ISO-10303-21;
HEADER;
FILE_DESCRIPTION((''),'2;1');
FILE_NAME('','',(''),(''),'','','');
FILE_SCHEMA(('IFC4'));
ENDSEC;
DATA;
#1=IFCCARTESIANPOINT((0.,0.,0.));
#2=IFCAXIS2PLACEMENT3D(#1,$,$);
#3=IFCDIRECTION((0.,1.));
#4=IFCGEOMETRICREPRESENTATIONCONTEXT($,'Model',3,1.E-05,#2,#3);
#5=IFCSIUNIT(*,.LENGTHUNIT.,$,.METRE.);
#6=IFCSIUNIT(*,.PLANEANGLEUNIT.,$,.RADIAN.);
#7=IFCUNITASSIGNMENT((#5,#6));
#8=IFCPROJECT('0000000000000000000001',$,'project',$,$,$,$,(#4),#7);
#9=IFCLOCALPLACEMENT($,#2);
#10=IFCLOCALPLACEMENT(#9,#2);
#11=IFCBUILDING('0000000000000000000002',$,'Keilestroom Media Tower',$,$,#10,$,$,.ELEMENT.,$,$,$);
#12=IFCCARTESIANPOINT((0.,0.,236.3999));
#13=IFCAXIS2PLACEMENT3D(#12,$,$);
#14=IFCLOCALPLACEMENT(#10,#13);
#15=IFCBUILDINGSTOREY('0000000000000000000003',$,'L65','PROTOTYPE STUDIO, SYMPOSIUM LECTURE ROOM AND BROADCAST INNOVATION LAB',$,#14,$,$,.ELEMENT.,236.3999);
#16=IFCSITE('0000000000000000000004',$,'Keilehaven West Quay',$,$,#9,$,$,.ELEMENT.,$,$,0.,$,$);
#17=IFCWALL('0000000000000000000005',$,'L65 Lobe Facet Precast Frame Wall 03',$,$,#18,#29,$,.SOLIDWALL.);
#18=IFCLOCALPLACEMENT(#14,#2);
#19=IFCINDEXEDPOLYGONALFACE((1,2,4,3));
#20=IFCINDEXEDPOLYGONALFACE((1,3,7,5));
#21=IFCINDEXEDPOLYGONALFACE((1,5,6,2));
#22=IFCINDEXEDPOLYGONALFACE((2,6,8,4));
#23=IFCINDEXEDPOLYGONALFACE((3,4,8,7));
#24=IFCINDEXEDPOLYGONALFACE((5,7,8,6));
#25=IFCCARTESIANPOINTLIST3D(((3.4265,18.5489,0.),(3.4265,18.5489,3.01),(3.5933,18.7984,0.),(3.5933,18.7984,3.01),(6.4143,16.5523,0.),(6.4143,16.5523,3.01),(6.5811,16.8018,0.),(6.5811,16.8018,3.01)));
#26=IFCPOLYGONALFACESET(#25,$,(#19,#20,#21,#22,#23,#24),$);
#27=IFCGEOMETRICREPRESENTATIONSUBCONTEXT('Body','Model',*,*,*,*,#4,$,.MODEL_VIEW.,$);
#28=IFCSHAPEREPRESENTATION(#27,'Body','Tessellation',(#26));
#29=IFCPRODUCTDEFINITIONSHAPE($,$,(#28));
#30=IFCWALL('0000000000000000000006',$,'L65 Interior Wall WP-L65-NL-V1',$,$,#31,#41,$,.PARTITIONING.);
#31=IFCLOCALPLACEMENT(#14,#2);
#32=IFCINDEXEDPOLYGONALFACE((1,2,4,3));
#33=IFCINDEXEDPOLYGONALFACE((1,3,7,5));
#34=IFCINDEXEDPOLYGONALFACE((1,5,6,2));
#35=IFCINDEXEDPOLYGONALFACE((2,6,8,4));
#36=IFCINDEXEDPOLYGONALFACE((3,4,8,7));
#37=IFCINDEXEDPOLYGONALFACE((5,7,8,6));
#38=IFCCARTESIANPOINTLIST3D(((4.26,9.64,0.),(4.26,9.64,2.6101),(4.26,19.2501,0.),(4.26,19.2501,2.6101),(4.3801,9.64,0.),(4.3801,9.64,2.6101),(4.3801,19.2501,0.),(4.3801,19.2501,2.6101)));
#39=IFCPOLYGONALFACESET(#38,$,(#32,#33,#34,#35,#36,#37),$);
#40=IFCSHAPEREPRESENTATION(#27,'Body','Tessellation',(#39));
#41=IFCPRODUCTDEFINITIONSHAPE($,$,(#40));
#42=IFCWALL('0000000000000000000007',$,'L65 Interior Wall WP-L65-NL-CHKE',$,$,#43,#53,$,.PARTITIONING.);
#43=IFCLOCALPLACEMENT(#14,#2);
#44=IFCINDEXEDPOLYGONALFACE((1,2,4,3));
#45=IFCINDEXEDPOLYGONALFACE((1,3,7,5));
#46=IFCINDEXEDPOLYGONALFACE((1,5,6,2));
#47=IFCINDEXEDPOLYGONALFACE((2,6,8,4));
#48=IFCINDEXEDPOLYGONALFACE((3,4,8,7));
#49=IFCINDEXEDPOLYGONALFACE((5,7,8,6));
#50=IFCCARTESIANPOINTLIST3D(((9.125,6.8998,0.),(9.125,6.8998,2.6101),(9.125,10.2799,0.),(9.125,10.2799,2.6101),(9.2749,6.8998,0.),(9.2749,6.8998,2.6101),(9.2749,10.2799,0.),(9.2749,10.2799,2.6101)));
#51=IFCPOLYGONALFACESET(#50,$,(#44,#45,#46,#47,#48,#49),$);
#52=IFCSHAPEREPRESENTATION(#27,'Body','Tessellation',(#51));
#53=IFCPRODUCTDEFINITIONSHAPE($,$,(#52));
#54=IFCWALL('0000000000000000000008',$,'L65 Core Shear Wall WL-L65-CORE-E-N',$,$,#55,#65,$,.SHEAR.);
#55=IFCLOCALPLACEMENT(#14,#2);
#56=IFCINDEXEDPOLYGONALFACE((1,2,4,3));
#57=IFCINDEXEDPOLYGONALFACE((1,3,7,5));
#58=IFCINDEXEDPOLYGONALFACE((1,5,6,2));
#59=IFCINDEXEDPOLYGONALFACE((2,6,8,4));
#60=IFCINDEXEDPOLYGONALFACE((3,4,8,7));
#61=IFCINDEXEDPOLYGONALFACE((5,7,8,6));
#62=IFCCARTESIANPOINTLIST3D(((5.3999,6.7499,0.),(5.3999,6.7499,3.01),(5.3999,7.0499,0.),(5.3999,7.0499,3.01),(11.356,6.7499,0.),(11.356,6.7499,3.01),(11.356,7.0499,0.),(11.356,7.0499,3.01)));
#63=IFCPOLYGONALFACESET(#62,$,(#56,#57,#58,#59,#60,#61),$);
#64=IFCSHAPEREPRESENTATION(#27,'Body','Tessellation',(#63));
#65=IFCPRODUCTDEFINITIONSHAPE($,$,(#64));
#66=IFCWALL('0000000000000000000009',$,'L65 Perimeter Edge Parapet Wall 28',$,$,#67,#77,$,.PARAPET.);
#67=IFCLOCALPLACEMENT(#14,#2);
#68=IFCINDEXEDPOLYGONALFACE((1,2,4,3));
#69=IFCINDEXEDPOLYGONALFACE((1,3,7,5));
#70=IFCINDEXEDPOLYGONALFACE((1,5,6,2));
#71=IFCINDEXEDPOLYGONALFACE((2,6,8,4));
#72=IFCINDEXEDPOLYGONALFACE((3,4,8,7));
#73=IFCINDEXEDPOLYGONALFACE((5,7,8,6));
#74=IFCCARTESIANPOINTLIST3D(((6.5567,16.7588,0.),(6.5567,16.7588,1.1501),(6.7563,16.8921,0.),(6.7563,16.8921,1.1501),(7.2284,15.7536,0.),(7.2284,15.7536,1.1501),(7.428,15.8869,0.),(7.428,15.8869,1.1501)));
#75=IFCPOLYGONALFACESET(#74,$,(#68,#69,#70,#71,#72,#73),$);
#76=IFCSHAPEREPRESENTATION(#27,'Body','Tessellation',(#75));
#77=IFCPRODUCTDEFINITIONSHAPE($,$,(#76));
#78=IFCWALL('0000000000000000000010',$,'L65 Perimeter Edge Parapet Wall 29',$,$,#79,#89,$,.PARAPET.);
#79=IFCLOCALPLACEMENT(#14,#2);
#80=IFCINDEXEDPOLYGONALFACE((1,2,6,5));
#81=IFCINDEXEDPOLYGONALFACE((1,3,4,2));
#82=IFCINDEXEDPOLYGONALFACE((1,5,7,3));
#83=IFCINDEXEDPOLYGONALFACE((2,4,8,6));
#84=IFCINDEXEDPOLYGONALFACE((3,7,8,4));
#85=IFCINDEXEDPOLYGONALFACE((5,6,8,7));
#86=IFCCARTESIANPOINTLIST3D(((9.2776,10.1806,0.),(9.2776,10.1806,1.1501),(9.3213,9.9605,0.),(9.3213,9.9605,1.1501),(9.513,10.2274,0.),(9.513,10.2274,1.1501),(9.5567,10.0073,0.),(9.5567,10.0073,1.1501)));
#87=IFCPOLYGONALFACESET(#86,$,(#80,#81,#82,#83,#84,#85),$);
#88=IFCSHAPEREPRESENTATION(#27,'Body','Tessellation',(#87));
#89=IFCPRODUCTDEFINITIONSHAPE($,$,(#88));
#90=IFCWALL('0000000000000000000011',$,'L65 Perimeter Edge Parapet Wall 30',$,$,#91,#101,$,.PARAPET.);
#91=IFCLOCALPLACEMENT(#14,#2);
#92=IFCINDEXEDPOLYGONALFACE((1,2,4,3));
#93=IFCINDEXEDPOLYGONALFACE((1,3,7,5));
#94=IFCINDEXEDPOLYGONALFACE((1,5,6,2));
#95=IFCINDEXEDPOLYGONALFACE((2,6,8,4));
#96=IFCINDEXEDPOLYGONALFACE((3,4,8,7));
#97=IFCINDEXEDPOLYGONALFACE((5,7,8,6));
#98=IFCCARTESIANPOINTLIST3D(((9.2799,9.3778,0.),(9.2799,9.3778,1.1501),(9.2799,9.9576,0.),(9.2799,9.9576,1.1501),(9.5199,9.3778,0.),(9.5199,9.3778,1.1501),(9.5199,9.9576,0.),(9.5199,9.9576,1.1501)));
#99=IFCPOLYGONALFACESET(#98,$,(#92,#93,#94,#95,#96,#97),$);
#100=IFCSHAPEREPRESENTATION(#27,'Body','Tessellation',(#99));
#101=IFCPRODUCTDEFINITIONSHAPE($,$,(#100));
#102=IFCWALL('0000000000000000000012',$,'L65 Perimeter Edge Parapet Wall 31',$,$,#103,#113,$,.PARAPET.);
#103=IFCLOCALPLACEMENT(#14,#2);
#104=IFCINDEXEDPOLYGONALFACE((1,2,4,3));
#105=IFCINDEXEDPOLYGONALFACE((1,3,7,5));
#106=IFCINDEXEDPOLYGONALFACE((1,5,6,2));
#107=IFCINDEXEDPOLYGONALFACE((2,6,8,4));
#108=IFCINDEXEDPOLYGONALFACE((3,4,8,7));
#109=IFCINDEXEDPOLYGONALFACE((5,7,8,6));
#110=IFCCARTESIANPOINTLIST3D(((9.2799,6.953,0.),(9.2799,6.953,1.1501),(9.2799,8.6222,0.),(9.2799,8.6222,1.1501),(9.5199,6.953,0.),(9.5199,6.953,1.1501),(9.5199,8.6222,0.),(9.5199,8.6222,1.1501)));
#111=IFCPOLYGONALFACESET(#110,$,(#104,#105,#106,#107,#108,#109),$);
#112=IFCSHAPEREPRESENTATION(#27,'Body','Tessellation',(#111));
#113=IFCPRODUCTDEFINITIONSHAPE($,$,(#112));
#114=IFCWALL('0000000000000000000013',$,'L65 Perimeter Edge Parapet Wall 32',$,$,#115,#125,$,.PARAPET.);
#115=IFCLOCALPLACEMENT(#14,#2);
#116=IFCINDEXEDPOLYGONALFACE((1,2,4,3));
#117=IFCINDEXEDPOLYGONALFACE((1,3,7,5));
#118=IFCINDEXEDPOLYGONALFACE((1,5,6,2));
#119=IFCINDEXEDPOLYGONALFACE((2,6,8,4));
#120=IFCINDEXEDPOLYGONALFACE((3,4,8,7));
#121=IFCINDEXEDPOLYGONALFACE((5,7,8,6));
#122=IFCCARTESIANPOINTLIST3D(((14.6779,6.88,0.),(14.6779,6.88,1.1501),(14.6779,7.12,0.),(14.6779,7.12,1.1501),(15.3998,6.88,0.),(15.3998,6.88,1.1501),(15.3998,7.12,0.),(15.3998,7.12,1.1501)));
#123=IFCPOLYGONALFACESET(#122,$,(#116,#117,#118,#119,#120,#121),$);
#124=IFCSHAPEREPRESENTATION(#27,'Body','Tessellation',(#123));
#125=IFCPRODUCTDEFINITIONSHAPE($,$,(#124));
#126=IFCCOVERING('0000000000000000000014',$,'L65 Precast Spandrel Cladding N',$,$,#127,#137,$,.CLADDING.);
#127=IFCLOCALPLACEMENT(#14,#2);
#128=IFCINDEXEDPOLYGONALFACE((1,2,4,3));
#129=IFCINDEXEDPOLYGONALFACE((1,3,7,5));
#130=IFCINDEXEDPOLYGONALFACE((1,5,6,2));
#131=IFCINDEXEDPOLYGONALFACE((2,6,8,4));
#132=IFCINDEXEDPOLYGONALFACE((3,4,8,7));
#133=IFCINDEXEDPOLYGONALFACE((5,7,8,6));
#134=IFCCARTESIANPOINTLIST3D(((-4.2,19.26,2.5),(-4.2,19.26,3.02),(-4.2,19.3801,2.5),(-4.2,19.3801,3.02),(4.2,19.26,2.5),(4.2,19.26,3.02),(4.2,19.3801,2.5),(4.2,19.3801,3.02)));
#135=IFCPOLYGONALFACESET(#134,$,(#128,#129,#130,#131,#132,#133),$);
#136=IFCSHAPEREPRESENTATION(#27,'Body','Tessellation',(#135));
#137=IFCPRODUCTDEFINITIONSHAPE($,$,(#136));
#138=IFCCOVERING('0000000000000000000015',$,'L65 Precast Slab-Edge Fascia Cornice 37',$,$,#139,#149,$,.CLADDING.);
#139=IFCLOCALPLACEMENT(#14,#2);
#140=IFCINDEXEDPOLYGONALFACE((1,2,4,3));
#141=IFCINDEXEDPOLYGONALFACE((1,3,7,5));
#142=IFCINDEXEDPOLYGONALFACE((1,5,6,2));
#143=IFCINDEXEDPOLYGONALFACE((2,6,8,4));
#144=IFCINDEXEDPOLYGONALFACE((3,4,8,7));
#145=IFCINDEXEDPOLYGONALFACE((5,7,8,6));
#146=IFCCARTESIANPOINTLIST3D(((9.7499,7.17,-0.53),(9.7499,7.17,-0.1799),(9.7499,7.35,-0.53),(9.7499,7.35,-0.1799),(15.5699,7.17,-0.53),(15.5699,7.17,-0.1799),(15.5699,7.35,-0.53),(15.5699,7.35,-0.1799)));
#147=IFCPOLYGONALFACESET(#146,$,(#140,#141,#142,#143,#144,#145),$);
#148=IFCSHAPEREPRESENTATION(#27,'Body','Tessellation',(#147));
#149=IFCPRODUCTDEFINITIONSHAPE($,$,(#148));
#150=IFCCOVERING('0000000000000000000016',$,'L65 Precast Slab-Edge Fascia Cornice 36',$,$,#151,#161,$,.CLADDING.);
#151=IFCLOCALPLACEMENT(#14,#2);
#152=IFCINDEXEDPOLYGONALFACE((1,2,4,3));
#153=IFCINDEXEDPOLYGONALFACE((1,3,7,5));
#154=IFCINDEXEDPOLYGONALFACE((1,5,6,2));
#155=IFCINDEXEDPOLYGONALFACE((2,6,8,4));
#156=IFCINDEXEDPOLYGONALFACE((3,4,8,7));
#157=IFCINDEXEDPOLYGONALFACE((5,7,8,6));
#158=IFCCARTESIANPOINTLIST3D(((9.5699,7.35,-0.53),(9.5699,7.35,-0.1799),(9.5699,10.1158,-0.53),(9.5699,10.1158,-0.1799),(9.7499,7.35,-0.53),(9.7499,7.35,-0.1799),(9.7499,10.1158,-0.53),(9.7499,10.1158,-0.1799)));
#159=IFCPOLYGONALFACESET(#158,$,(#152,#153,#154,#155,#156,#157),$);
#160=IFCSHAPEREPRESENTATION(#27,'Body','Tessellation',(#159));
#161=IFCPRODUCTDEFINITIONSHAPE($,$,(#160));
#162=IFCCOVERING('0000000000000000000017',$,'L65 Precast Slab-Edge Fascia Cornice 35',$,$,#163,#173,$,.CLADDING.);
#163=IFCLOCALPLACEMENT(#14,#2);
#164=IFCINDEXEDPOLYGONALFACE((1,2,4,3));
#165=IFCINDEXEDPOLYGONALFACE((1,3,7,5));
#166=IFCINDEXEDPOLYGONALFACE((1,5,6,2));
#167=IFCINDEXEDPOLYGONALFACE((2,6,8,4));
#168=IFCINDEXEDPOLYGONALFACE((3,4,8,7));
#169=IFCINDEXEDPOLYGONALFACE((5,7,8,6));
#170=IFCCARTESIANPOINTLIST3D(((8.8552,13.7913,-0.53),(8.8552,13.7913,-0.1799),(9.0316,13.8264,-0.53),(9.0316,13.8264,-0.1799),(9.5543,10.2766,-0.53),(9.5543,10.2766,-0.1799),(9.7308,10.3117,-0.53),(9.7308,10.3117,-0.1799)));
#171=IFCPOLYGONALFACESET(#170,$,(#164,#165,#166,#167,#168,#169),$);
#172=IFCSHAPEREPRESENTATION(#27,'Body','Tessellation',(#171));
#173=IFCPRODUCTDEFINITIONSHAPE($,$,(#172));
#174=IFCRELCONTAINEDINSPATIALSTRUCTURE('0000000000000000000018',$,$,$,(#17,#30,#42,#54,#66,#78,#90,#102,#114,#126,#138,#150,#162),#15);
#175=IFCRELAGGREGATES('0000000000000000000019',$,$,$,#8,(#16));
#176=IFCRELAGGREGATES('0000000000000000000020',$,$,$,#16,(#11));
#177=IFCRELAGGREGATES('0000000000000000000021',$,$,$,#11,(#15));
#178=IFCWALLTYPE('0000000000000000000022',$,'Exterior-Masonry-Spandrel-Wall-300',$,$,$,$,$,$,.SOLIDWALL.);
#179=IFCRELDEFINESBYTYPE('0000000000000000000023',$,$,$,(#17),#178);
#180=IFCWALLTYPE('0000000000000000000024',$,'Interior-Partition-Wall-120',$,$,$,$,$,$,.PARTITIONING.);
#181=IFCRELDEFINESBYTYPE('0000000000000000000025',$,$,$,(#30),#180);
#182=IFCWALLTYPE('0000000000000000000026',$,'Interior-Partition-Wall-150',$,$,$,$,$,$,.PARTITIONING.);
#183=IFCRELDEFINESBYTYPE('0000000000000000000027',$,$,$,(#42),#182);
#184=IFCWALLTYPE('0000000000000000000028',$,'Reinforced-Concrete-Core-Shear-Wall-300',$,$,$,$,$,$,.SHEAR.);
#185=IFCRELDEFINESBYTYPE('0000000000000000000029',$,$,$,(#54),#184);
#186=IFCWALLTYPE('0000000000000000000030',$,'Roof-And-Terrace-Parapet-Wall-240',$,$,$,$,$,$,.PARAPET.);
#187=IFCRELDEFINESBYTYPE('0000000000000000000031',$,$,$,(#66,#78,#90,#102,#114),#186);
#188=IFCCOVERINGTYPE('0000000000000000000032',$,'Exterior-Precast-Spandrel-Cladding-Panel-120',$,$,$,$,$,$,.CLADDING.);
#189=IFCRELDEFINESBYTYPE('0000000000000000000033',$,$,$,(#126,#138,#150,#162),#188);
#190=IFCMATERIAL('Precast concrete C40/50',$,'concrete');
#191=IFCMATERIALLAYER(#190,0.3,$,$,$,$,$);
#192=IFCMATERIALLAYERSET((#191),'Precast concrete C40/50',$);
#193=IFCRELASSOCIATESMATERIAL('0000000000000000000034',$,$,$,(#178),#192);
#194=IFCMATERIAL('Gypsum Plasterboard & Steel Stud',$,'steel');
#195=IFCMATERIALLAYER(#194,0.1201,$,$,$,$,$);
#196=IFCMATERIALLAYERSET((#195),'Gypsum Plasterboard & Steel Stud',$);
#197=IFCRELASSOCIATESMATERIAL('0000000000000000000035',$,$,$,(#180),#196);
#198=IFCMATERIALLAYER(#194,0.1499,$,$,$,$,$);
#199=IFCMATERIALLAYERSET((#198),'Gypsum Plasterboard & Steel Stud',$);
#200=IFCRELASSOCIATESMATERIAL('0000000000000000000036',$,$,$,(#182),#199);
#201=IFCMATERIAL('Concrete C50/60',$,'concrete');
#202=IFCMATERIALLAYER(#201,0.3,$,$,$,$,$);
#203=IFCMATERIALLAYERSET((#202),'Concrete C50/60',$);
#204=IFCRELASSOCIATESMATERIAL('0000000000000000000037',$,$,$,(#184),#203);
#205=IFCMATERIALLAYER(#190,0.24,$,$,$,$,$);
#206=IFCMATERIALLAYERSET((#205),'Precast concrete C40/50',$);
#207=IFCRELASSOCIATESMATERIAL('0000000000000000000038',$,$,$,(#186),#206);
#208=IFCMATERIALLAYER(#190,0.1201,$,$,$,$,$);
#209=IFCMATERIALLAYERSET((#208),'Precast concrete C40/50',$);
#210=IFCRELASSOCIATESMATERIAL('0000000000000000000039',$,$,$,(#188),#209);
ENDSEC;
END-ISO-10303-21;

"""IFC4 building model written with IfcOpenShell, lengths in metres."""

from ifc_helpers import new_model, si_unit, direction, frame, frame_2d, origin, origin_2d, place, context, subcontext, project, spatial, rectangle, extrude, source, transform, mapped, material, layer, layer_set, type_object, element, save


model = new_model("IFC4")

# Units and contexts
model_context = context("Model", 3, precision=1e-05, world=origin(), true_north=direction((0.0, 1.0)))
body_context = subcontext(model_context, "Body", "Model", "MODEL_VIEW")
ifc_project = project(units=[si_unit("LENGTHUNIT", "METRE"), si_unit("PLANEANGLEUNIT", "RADIAN")], contexts=[model_context])

# Site, building, storey
site_placement = place(None, origin())
site = spatial("IfcSite", under=ifc_project, at=site_placement, Name="Keilehaven West Quay", CompositionType="ELEMENT", RefElevation=0.0)
building_placement = place(site_placement, origin())
building = spatial("IfcBuilding", under=site, at=building_placement, Name="Keilestroom Media Tower", CompositionType="ELEMENT")
storey_placement = place(building_placement, frame((0.0, 0.0, 236.3999)))
storey = spatial("IfcBuildingStorey", under=building, at=storey_placement, Name="L65", Description="PROTOTYPE STUDIO, SYMPOSIUM LECTURE ROOM AND BROADCAST INNOVATION LAB", CompositionType="ELEMENT", Elevation=236.3999)

# Shared definitions
ifc_material_1 = material(Name="Precast concrete C40/50", Category="concrete")
ifc_material_2 = material(Name="Concrete C50/60", Category="concrete")

# Walls
ifc_layer_1 = layer(ifc_material_1, 0.3)
ifc_layer_set_1 = layer_set([ifc_layer_1], Name="Precast concrete C40/50")
wall_type_1 = type_object("IfcWallType", Name="Exterior-Masonry-Spandrel-Wall-300", PredefinedType="SOLIDWALL", material=ifc_layer_set_1)
wall_1_placement = place(storey_placement, frame((6.4978, 16.677, 0.0), z_axis=(0.0, 0.0, 1.0), x_axis=(-0.831444, 0.555609, 0.0)))
element("IfcWall", 1, at=wall_1_placement, inside=storey, type_object=wall_type_1, Name="L65 Lobe Facet Precast Frame Wall 03", PredefinedType="SOLIDWALL", context=body_context, shape_type="SweptSolid", body=[
    extrude(rectangle(XDim=3.5935, YDim=0.3, at=frame_2d((1.7969, 0.0))), origin(), (0.0, 0.0, 1.0), 3.01),
])
ifc_material_3 = material(Name="Gypsum Plasterboard & Steel Stud", Category="steel")
ifc_layer_2 = layer(ifc_material_3, 0.1201)
ifc_layer_set_2 = layer_set([ifc_layer_2], Name="Gypsum Plasterboard & Steel Stud")
wall_type_2 = type_object("IfcWallType", Name="Interior-Partition-Wall-120", PredefinedType="PARTITIONING", material=ifc_layer_set_2)
wall_2_placement = place(storey_placement, frame((4.3201, 9.6399, 0.0), z_axis=(0.0, 0.0, 1.0), x_axis=(0.0, 1.0, 0.0)))
element("IfcWall", 2, at=wall_2_placement, inside=storey, type_object=wall_type_2, Name="L65 Interior Wall WP-L65-NL-V1", PredefinedType="PARTITIONING", context=body_context, shape_type="SweptSolid", body=[
    extrude(rectangle(XDim=9.6101, YDim=0.1201, at=frame_2d((4.8052, 0.0))), origin(), (0.0, 0.0, 1.0), 2.6101),
])
ifc_layer_3 = layer(ifc_material_3, 0.1499)
ifc_layer_set_3 = layer_set([ifc_layer_3], Name="Gypsum Plasterboard & Steel Stud")
wall_type_3 = type_object("IfcWallType", Name="Interior-Partition-Wall-150", PredefinedType="PARTITIONING", material=ifc_layer_set_3)
wall_3_placement = place(storey_placement, frame((9.2, 6.8999, 0.0), z_axis=(0.0, 0.0, 1.0), x_axis=(0.0, 1.0, 0.0)))
element("IfcWall", 3, at=wall_3_placement, inside=storey, type_object=wall_type_3, Name="L65 Interior Wall WP-L65-NL-CHKE", PredefinedType="PARTITIONING", context=body_context, shape_type="SweptSolid", body=[
    extrude(rectangle(XDim=3.3801, YDim=0.1499, at=frame_2d((1.6899, 0.0))), origin(), (0.0, 0.0, 1.0), 2.6101),
])
ifc_layer_4 = layer(ifc_material_2, 0.3)
ifc_layer_set_4 = layer_set([ifc_layer_4], Name="Concrete C50/60")
wall_type_4 = type_object("IfcWallType", Name="Reinforced-Concrete-Core-Shear-Wall-300", PredefinedType="SHEAR", material=ifc_layer_set_4)
wall_4_placement = place(storey_placement, frame((5.3999, 6.8999, 0.0), z_axis=(0.0, 0.0, 1.0), x_axis=(1.0, 0.0, 0.0)))
element("IfcWall", 4, at=wall_4_placement, inside=storey, type_object=wall_type_4, Name="L65 Core Shear Wall WL-L65-CORE-E-N", PredefinedType="SHEAR", context=body_context, shape_type="SweptSolid", body=[
    extrude(rectangle(XDim=5.9561, YDim=0.3, at=frame_2d((2.978, 0.0))), origin(), (0.0, 0.0, 1.0), 3.01),
])
ifc_layer_5 = layer(ifc_material_1, 0.24)
ifc_layer_set_5 = layer_set([ifc_layer_5], Name="Precast concrete C40/50")
wall_type_5 = type_object("IfcWallType", Name="Roof-And-Terrace-Parapet-Wall-240", PredefinedType="PARAPET", material=ifc_layer_set_5)
wall_5_placement = place(storey_placement, frame((6.6565, 16.8254, 0.0), z_axis=(0.0, 0.0, 1.0), x_axis=(0.555585, -0.831459, 0.0)))
element("IfcWall", 5, at=wall_5_placement, inside=storey, type_object=wall_type_5, Name="L65 Perimeter Edge Parapet Wall 28", PredefinedType="PARAPET", context=body_context, shape_type="SweptSolid", body=[
    extrude(rectangle(XDim=1.209, YDim=0.24, at=frame_2d((0.6045, 0.0))), origin(), (0.0, 0.0, 1.0), 1.1501),
])
wall_6_placement = place(storey_placement, frame((9.3953, 10.2041, 0.0), z_axis=(0.0, 0.0, 1.0), x_axis=(0.19486, -0.980831, 0.0)))
element("IfcWall", 6, at=wall_6_placement, inside=storey, type_object=wall_type_5, Name="L65 Perimeter Edge Parapet Wall 29", PredefinedType="PARAPET", context=body_context, shape_type="SweptSolid", body=[
    extrude(rectangle(XDim=0.2244, YDim=0.24, at=frame_2d((0.1123, 0.0))), origin(), (0.0, 0.0, 1.0), 1.1501),
])
wall_7_placement = place(storey_placement, frame((9.3999, 9.9578, 0.0), z_axis=(0.0, 0.0, 1.0), x_axis=(0.0, -1.0, 0.0)))
element("IfcWall", 7, at=wall_7_placement, inside=storey, type_object=wall_type_5, Name="L65 Perimeter Edge Parapet Wall 30", PredefinedType="PARAPET", context=body_context, shape_type="SweptSolid", body=[
    extrude(rectangle(XDim=0.5798, YDim=0.24, at=frame_2d((0.29, 0.0))), origin(), (0.0, 0.0, 1.0), 1.1501),
])
wall_8_placement = place(storey_placement, frame((9.3999, 8.6221, 0.0), z_axis=(0.0, 0.0, 1.0), x_axis=(0.0, -1.0, 0.0)))
element("IfcWall", 8, at=wall_8_placement, inside=storey, type_object=wall_type_5, Name="L65 Perimeter Edge Parapet Wall 31", PredefinedType="PARAPET", context=body_context, shape_type="SweptSolid", body=[
    extrude(rectangle(XDim=1.6692, YDim=0.24, at=frame_2d((0.8345, 0.0))), origin(), (0.0, 0.0, 1.0), 1.1501),
])
wall_9_placement = place(storey_placement, frame((14.678, 7.0, 0.0), z_axis=(0.0, 0.0, 1.0), x_axis=(1.0, 0.0, 0.0)))
element("IfcWall", 9, at=wall_9_placement, inside=storey, type_object=wall_type_5, Name="L65 Perimeter Edge Parapet Wall 32", PredefinedType="PARAPET", context=body_context, shape_type="SweptSolid", body=[
    extrude(rectangle(XDim=0.7219, YDim=0.24, at=frame_2d((0.3608, 0.0))), origin(), (0.0, 0.0, 1.0), 1.1501),
])

# Coverings
ifc_layer_6 = layer(ifc_material_1, 0.1201)
ifc_layer_set_6 = layer_set([ifc_layer_6], Name="Precast concrete C40/50")
covering_type = type_object("IfcCoveringType", Name="Exterior-Precast-Spandrel-Cladding-Panel-120", PredefinedType="CLADDING", material=ifc_layer_set_6)
shared_shape_1 = source(origin(), body_context, "Body", "SweptSolid", [
    extrude(rectangle(XDim=8.3999, YDim=0.1201, at=origin_2d()), origin(), (0.0, 0.0, 1.0), 0.52),
])
covering_1_placement = place(storey_placement, frame((0.0, 19.3201, 2.5), z_axis=(0.0, 0.0, 1.0), x_axis=(1.0, 0.0, 0.0)))
element("IfcCovering", 10, at=covering_1_placement, inside=storey, type_object=covering_type, Name="L65 Precast Spandrel Cladding N", PredefinedType="CLADDING", context=body_context, shape_type="MappedRepresentation", body=[
    mapped(shared_shape_1, transform((0.0, 0.0, 0.0), x_axis=(1.0, 0.0, 0.0), y_axis=(0.0, 1.0, 0.0), z_axis=(0.0, 0.0, 1.0), scale=1.0)),
])
shared_shape_2 = source(origin(), body_context, "Body", "SweptSolid", [
    extrude(rectangle(XDim=5.8201, YDim=0.1799, at=origin_2d()), origin(), (0.0, 0.0, 1.0), 0.3501),
])
covering_2_placement = place(storey_placement, frame((12.6599, 7.26, -0.53), z_axis=(0.0, 0.0, 1.0), x_axis=(1.0, 0.0, 0.0)))
element("IfcCovering", 11, at=covering_2_placement, inside=storey, type_object=covering_type, Name="L65 Precast Slab-Edge Fascia Cornice 37", PredefinedType="CLADDING", context=body_context, shape_type="MappedRepresentation", body=[
    mapped(shared_shape_2, transform((0.0, 0.0, 0.0), x_axis=(1.0, 0.0, 0.0), y_axis=(0.0, 1.0, 0.0), z_axis=(0.0, 0.0, 1.0), scale=1.0)),
])
shared_shape_3 = source(origin(), body_context, "Body", "SweptSolid", [
    extrude(rectangle(XDim=2.7659, YDim=0.1799, at=origin_2d()), origin(), (0.0, 0.0, 1.0), 0.3501),
])
covering_3_placement = place(storey_placement, frame((9.6599, 8.7329, -0.53), z_axis=(0.0, 0.0, 1.0), x_axis=(0.0, -1.0, 0.0)))
element("IfcCovering", 12, at=covering_3_placement, inside=storey, type_object=covering_type, Name="L65 Precast Slab-Edge Fascia Cornice 36", PredefinedType="CLADDING", context=body_context, shape_type="MappedRepresentation", body=[
    mapped(shared_shape_3, transform((0.0, 0.0, 0.0), x_axis=(1.0, 0.0, 0.0), y_axis=(0.0, 1.0, 0.0), z_axis=(0.0, 0.0, 1.0), scale=1.0)),
])
shared_shape_4 = source(origin(), body_context, "Body", "SweptSolid", [
    extrude(rectangle(XDim=3.5835, YDim=0.1799, at=origin_2d()), origin(), (0.0, 0.0, 1.0), 0.3501),
])
covering_4_placement = place(storey_placement, frame((9.293, 12.0515, -0.53), z_axis=(0.0, 0.0, 1.0), x_axis=(0.195099, -0.980784, 0.0)))
element("IfcCovering", 13, at=covering_4_placement, inside=storey, type_object=covering_type, Name="L65 Precast Slab-Edge Fascia Cornice 35", PredefinedType="CLADDING", context=body_context, shape_type="MappedRepresentation", body=[
    mapped(shared_shape_4, transform((0.0, 0.0, 0.0), x_axis=(1.0, 0.0, 0.0), y_axis=(0.0, 1.0, 0.0), z_axis=(0.0, 0.0, 1.0), scale=1.0)),
])

save(model, "model.ifc")
